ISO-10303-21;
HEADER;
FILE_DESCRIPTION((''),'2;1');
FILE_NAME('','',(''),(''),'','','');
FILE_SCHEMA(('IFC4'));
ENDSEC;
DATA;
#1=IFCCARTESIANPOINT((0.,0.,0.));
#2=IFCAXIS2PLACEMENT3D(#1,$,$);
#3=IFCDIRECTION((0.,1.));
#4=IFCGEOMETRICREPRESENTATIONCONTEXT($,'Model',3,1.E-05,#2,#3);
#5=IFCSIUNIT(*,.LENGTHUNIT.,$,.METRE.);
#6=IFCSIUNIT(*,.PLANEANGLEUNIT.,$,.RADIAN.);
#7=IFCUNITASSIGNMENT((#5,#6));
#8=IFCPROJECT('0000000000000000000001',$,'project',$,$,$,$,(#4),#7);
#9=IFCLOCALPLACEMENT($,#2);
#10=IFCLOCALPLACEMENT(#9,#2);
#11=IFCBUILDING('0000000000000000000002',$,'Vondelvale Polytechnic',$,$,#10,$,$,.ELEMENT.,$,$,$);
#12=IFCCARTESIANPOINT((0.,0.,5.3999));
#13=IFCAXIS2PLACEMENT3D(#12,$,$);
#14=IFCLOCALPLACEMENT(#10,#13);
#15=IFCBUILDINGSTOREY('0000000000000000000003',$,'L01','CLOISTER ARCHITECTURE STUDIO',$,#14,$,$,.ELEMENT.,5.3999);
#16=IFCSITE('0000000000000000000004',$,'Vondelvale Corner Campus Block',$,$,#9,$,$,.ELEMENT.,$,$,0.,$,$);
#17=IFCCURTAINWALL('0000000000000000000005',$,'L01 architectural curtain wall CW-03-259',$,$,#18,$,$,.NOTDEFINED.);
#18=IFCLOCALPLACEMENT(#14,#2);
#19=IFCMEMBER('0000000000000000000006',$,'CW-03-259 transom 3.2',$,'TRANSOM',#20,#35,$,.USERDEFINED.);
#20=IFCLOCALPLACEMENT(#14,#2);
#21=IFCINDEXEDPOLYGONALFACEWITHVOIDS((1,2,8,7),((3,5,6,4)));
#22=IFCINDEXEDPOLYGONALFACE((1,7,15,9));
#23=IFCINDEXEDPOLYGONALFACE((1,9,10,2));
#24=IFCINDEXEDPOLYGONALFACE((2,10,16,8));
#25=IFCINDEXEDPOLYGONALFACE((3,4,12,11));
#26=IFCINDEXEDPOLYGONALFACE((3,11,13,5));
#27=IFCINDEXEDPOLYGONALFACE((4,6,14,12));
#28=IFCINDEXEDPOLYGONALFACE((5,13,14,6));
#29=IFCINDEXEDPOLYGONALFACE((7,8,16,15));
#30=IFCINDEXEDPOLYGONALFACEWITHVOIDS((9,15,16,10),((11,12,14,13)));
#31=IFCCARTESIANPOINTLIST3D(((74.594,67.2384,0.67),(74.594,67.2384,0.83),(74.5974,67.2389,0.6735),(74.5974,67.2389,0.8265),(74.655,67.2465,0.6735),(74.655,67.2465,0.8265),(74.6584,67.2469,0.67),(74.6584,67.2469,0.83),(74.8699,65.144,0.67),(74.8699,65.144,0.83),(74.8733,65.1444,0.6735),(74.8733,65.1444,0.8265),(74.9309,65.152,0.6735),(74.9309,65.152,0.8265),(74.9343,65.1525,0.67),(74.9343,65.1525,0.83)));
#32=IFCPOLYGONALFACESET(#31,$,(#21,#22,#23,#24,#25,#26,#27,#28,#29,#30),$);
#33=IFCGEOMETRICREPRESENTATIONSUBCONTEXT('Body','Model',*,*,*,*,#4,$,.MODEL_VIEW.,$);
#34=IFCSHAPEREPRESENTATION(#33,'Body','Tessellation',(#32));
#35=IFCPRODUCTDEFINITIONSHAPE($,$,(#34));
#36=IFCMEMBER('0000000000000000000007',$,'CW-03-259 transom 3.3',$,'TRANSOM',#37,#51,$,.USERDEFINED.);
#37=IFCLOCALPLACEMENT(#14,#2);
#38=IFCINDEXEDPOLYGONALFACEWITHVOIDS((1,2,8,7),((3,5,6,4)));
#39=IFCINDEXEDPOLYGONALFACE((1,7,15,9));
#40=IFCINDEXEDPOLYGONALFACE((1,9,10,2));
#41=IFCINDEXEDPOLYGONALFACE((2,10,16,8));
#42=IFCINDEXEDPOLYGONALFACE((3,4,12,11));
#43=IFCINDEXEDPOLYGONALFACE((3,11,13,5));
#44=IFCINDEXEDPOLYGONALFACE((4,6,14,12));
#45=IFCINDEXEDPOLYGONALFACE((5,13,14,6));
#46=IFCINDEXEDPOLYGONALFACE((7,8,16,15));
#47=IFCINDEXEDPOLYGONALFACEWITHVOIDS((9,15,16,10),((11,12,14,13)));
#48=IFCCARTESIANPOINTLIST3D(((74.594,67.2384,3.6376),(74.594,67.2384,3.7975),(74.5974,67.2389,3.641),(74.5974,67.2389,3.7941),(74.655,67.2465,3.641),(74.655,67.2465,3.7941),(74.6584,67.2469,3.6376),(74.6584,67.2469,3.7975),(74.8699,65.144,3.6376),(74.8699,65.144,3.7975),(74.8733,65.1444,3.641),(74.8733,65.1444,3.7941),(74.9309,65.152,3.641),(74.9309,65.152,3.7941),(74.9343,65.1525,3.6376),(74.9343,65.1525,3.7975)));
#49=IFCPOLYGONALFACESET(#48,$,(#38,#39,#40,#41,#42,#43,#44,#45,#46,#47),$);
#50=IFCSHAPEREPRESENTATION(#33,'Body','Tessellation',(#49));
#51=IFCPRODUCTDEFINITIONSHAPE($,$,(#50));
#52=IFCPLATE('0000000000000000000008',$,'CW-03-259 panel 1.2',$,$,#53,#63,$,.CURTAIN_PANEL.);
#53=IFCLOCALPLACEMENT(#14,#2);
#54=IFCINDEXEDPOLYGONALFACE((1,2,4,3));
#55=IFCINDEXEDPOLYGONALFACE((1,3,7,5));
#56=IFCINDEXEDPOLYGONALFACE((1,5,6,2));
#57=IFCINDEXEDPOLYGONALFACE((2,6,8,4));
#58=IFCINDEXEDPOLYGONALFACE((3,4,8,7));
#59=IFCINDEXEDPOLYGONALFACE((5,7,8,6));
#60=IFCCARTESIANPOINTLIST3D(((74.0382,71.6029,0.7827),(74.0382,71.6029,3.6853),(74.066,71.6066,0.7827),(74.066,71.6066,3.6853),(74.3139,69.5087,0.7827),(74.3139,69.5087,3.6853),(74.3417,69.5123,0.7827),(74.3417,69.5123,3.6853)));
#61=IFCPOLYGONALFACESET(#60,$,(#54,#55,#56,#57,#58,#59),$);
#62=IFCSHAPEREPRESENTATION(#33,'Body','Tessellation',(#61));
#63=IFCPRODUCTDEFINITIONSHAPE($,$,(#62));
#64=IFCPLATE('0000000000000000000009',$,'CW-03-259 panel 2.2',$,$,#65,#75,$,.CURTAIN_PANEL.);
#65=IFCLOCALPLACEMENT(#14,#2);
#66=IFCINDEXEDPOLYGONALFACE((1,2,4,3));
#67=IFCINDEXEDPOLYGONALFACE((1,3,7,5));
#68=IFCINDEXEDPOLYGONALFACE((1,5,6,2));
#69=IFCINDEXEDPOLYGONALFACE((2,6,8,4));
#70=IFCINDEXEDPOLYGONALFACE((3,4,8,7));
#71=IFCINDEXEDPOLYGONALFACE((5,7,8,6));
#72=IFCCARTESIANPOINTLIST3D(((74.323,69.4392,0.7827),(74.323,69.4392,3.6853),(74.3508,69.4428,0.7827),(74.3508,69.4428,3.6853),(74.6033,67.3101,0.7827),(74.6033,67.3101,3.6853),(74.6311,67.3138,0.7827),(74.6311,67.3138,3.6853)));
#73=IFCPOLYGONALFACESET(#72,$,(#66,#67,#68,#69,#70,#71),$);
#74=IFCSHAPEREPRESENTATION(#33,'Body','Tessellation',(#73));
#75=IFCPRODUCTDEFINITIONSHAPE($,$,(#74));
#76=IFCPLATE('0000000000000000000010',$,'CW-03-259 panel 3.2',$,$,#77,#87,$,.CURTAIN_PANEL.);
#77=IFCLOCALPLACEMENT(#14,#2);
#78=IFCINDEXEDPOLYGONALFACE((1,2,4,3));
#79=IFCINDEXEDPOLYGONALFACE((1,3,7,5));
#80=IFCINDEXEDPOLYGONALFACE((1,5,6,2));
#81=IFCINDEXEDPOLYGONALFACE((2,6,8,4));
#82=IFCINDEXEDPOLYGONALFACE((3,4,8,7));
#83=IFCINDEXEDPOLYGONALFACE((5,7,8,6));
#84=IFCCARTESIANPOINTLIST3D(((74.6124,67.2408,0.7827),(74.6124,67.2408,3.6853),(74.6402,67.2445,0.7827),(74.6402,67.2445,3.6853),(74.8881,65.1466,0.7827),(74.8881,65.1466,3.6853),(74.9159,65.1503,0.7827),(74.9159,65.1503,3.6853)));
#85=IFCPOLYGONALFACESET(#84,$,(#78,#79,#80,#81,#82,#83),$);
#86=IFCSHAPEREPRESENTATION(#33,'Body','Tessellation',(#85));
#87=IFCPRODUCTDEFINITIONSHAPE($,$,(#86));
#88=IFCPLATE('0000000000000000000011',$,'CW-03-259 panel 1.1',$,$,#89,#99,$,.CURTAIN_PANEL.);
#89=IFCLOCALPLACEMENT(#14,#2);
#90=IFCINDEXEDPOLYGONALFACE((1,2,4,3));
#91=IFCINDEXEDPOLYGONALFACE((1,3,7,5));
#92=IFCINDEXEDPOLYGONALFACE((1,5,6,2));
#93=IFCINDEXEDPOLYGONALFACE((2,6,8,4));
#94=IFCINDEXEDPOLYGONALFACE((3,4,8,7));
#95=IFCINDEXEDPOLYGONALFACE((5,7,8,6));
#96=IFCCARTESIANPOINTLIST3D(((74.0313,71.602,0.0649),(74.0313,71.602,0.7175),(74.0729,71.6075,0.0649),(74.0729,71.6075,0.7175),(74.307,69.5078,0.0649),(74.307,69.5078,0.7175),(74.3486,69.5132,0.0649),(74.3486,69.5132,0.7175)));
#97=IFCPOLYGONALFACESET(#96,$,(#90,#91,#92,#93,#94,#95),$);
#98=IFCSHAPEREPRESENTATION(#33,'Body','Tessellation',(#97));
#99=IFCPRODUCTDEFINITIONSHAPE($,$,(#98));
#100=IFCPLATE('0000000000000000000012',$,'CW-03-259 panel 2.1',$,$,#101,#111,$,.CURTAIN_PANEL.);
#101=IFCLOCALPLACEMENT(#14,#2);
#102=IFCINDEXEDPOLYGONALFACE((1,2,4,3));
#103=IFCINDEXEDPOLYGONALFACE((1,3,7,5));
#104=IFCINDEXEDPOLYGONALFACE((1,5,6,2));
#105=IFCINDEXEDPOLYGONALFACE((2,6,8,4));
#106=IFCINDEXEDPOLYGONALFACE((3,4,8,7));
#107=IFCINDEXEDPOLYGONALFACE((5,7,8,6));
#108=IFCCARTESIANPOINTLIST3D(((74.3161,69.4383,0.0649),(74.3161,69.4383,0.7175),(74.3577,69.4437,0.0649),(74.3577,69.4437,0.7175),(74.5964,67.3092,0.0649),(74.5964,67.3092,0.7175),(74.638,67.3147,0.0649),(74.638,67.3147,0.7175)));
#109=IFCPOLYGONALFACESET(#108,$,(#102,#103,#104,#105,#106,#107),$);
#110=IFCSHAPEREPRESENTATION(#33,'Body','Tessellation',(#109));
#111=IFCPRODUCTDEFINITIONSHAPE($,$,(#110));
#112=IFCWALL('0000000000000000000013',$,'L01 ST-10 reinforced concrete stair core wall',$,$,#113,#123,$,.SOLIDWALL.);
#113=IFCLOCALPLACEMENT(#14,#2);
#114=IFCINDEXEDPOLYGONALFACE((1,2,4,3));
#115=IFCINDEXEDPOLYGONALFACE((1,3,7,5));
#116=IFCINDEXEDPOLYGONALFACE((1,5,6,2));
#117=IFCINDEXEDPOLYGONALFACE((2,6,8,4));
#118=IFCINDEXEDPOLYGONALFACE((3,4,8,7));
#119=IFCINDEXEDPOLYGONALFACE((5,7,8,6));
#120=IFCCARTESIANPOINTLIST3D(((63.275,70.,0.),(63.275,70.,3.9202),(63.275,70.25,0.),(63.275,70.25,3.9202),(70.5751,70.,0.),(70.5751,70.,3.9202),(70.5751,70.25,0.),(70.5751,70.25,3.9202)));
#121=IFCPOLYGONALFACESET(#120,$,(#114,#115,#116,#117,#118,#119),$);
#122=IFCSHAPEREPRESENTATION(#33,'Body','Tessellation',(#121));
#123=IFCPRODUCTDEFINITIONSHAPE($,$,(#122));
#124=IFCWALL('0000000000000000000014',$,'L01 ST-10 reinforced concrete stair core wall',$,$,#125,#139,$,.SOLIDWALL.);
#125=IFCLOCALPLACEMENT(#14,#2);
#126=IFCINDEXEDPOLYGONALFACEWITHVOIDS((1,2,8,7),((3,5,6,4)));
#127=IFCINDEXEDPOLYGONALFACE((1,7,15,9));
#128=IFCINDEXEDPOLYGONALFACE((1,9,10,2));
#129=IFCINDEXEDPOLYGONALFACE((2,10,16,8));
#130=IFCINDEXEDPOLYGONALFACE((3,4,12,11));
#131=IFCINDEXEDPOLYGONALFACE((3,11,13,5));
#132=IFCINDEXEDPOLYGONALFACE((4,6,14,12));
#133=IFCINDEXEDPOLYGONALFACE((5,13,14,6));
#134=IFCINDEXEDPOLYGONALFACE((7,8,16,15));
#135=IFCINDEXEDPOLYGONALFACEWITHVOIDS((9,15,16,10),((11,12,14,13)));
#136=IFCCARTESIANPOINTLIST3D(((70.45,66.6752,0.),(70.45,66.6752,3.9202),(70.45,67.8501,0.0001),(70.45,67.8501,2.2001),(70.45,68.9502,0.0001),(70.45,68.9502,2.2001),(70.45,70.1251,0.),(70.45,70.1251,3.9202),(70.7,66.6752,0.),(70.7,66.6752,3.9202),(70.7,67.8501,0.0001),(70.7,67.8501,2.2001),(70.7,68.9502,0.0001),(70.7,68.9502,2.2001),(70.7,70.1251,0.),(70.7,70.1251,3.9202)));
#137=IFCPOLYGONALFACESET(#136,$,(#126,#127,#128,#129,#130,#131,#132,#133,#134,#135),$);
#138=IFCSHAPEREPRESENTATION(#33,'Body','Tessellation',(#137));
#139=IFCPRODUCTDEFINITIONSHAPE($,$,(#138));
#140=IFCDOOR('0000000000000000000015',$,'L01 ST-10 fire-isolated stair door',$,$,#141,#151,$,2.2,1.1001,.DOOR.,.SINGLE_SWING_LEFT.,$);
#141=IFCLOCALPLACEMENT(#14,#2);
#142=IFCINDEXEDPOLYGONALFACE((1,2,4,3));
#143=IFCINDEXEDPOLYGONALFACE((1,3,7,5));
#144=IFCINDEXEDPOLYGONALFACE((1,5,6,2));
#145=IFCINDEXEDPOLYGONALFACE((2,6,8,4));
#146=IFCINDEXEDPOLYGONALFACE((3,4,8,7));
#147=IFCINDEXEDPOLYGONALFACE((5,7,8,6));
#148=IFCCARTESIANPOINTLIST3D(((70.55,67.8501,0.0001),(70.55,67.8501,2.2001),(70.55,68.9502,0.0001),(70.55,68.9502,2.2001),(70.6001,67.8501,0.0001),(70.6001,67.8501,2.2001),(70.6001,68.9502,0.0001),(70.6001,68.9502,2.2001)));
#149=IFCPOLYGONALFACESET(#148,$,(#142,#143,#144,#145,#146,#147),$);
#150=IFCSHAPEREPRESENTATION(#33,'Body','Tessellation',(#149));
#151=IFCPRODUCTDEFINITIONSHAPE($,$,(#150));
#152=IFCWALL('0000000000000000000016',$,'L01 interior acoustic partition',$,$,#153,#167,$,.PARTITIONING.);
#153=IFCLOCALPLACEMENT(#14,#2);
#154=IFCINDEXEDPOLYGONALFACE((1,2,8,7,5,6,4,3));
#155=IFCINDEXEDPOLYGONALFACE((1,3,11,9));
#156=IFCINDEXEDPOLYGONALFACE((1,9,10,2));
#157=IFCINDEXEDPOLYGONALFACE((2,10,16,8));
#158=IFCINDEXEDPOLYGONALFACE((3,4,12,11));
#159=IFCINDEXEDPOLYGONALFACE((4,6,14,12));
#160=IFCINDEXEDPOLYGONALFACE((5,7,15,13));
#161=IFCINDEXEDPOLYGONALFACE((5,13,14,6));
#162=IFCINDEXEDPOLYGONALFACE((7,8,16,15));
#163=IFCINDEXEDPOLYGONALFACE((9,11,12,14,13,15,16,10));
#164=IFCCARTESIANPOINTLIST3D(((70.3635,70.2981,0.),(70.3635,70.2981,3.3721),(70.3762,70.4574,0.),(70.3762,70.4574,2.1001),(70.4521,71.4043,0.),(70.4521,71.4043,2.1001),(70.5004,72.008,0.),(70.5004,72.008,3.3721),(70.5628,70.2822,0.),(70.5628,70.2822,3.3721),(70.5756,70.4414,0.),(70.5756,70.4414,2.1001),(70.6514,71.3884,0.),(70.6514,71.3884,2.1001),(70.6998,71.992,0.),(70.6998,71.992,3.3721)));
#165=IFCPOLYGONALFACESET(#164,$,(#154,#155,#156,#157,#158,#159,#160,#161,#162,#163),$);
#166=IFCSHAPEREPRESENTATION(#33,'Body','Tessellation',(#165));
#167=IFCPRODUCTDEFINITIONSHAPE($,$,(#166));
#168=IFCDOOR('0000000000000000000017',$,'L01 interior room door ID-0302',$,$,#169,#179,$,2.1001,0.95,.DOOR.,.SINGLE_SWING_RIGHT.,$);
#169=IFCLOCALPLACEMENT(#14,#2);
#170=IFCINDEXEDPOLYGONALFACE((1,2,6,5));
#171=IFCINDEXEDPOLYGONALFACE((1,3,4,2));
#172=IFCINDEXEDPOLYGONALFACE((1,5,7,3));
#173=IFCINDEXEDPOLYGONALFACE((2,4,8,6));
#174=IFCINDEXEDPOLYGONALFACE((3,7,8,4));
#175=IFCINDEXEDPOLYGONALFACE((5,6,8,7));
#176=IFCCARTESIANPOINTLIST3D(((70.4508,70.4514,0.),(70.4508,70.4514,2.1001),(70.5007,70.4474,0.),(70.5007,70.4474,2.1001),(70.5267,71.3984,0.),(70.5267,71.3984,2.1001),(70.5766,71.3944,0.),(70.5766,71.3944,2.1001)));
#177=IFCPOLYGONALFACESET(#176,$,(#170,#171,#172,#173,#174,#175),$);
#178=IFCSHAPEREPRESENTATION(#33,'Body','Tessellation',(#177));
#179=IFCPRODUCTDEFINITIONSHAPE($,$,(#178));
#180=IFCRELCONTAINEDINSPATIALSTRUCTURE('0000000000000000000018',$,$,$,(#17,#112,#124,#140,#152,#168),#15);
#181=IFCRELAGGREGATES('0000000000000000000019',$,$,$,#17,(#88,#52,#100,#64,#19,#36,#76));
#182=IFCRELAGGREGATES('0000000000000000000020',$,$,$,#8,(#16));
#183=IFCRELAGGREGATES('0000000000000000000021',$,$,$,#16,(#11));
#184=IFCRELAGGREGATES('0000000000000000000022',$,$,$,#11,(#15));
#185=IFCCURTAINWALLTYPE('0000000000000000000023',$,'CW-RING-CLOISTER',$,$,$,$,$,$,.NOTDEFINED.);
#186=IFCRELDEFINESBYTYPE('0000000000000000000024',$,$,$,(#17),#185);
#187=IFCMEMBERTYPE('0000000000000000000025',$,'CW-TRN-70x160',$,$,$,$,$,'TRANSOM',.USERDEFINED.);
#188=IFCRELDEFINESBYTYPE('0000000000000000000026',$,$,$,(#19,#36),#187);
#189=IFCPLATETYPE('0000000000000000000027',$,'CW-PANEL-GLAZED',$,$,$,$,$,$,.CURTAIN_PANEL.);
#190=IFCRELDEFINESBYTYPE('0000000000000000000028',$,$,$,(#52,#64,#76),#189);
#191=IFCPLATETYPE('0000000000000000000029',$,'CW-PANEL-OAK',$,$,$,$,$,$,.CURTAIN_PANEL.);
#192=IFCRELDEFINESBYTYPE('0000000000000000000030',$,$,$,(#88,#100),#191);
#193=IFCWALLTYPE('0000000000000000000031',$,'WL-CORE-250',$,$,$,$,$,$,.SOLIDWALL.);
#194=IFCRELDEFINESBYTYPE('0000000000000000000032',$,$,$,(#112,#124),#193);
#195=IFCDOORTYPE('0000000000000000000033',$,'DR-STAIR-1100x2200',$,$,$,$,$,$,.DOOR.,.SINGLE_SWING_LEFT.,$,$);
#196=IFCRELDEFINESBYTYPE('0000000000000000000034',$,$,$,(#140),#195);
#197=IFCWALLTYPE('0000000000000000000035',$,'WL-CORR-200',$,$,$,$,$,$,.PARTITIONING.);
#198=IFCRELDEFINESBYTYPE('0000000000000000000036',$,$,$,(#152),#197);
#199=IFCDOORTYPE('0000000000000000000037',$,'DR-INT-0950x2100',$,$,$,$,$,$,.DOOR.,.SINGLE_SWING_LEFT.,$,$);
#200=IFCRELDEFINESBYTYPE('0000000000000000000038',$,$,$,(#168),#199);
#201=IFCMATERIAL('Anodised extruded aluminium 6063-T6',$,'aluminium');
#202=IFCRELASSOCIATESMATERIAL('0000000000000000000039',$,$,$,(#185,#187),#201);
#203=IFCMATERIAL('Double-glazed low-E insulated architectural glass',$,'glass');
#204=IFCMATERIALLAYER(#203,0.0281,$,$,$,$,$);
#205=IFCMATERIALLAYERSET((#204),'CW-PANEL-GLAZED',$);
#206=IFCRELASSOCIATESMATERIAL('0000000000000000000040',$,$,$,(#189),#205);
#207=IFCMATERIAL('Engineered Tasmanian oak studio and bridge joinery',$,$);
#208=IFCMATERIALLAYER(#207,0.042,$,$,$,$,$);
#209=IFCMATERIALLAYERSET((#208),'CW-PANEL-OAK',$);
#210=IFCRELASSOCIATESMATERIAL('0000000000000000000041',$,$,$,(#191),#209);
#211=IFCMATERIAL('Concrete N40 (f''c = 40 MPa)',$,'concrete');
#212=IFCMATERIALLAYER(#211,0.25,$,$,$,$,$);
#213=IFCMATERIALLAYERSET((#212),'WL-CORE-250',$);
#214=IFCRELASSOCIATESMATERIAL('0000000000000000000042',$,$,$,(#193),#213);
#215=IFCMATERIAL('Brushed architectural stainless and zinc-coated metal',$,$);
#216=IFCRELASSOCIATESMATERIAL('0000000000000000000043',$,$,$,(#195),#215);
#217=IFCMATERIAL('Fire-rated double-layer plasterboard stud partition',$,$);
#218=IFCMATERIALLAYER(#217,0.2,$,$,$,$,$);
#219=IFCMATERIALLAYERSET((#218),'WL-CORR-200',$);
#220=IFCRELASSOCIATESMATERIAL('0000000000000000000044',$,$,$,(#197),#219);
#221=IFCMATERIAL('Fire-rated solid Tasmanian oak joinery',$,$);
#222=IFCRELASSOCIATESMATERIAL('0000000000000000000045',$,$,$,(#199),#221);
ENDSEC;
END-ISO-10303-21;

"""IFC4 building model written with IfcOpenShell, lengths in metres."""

from ifc_helpers import new_model, si_unit, direction, frame, frame_2d, origin, origin_2d, place, context, subcontext, project, spatial, rectangle, hollow_rectangle, extrude, material, layer, layer_set, material_profile, profile_set, type_object, element, fill, aggregate, save


model = new_model("IFC4")

# Units and contexts
model_context = context("Model", 3, precision=1e-05, world=origin(), true_north=direction((0.0, 1.0)))
body_context = subcontext(model_context, "Body", "Model", "MODEL_VIEW")
ifc_project = project(units=[si_unit("LENGTHUNIT", "METRE"), si_unit("PLANEANGLEUNIT", "RADIAN")], contexts=[model_context])

# Site, building, storey
site_placement = place(None, origin())
site = spatial("IfcSite", under=ifc_project, at=site_placement, Name="Vondelvale Corner Campus Block", CompositionType="ELEMENT", RefElevation=0.0)
building_placement = place(site_placement, origin())
building = spatial("IfcBuilding", under=site, at=building_placement, Name="Vondelvale Polytechnic", CompositionType="ELEMENT")
storey_placement = place(building_placement, frame((0.0, 0.0, 5.3999)))
storey = spatial("IfcBuildingStorey", under=building, at=storey_placement, Name="L01", Description="CLOISTER ARCHITECTURE STUDIO", CompositionType="ELEMENT", Elevation=5.3999)

# Shared definitions
ifc_material_1 = material(Name="Concrete N40 (f'c = 40 MPa)", Category="concrete")

# Curtain wall, members, plates
ifc_material_2 = material(Name="Anodised extruded aluminium 6063-T6", Category="aluminium")
curtain_wall_type = type_object("IfcCurtainWallType", Name="CW-RING-CLOISTER", PredefinedType="NOTDEFINED", material=ifc_material_2)
curtain_wall_placement = place(storey_placement, origin())
curtain_wall = element("IfcCurtainWall", 1, at=curtain_wall_placement, inside=storey, type_object=curtain_wall_type, Name="L01 architectural curtain wall CW-03-259", PredefinedType="NOTDEFINED")
ifc_material_profile_1 = material_profile(ifc_material_2, hollow_rectangle(XDim=0.0649, YDim=0.1599, WallThickness=0.0034, at=origin_2d()), Name="CW-TRN-160x65")
ifc_profile_set_1 = profile_set([ifc_material_profile_1], Name="Anodised extruded aluminium 6063-T6")
member_type_1 = type_object("IfcMemberType", Name="CW-TRN-70x160", ElementType="TRANSOM", PredefinedType="USERDEFINED", material=ifc_profile_set_1)
member_1_placement = place(storey_placement, frame((74.6262, 67.2427, 0.75), z_axis=(0.130589, -0.991437, 0.0), x_axis=(0.991437, 0.130589, 0.0)))
member_1 = element("IfcMember", 2, at=member_1_placement, type_object=member_type_1, Name="CW-03-259 transom 3.2", ObjectType="TRANSOM", PredefinedType="USERDEFINED", context=body_context, shape_type="SweptSolid", body=[
    extrude(hollow_rectangle(XDim=0.0649, YDim=0.1599, WallThickness=0.0034, at=origin_2d()), origin(), (0.0, 0.0, 1.0), 2.1125),
])
member_2_placement = place(storey_placement, frame((74.6262, 67.2427, 3.7175), z_axis=(0.130589, -0.991437, 0.0), x_axis=(0.991437, 0.130589, 0.0)))
member_2 = element("IfcMember", 3, at=member_2_placement, type_object=member_type_1, Name="CW-03-259 transom 3.3", ObjectType="TRANSOM", PredefinedType="USERDEFINED", context=body_context, shape_type="SweptSolid", body=[
    extrude(hollow_rectangle(XDim=0.0649, YDim=0.1599, WallThickness=0.0034, at=origin_2d()), origin(), (0.0, 0.0, 1.0), 2.1125),
])
ifc_material_3 = material(Name="Double-glazed low-E insulated architectural glass", Category="glass")
ifc_layer_1 = layer(ifc_material_3, 0.0281)
ifc_layer_set_1 = layer_set([ifc_layer_1], Name="CW-PANEL-GLAZED")
plate_type_1 = type_object("IfcPlateType", Name="CW-PANEL-GLAZED", PredefinedType="CURTAIN_PANEL", material=ifc_layer_set_1)
plate_1_placement = place(storey_placement, frame((74.1899, 70.5576, 0.7827), z_axis=(0.0, 0.0, 1.0), x_axis=(0.130528, -0.991445, 0.0)))
plate_1 = element("IfcPlate", 4, at=plate_1_placement, type_object=plate_type_1, Name="CW-03-259 panel 1.2", PredefinedType="CURTAIN_PANEL", context=body_context, shape_type="SweptSolid", body=[
    extrude(rectangle(XDim=2.1123, YDim=0.0281, at=origin_2d()), origin(), (0.0, 0.0, 1.0), 2.9026),
])
plate_2_placement = place(storey_placement, frame((74.4771, 68.3765, 0.7827), z_axis=(0.0, 0.0, 1.0), x_axis=(0.130528, -0.991445, 0.0)))
plate_2 = element("IfcPlate", 5, at=plate_2_placement, type_object=plate_type_1, Name="CW-03-259 panel 2.2", PredefinedType="CURTAIN_PANEL", context=body_context, shape_type="SweptSolid", body=[
    extrude(rectangle(XDim=2.1475, YDim=0.0281, at=origin_2d()), origin(), (0.0, 0.0, 1.0), 2.9026),
])
plate_3_placement = place(storey_placement, frame((74.7642, 66.1956, 0.7827), z_axis=(0.0, 0.0, 1.0), x_axis=(0.130528, -0.991445, 0.0)))
plate_3 = element("IfcPlate", 6, at=plate_3_placement, type_object=plate_type_1, Name="CW-03-259 panel 3.2", PredefinedType="CURTAIN_PANEL", context=body_context, shape_type="SweptSolid", body=[
    extrude(rectangle(XDim=2.1123, YDim=0.0281, at=origin_2d()), origin(), (0.0, 0.0, 1.0), 2.9026),
])
ifc_material_4 = material(Name="Engineered Tasmanian oak studio and bridge joinery")
ifc_layer_2 = layer(ifc_material_4, 0.042)
ifc_layer_set_2 = layer_set([ifc_layer_2], Name="CW-PANEL-OAK")
plate_type_2 = type_object("IfcPlateType", Name="CW-PANEL-OAK", PredefinedType="CURTAIN_PANEL", material=ifc_layer_set_2)
plate_4_placement = place(storey_placement, frame((74.1899, 70.5576, 0.0649), z_axis=(0.0, 0.0, 1.0), x_axis=(0.130528, -0.991445, 0.0)))
plate_4 = element("IfcPlate", 7, at=plate_4_placement, type_object=plate_type_2, Name="CW-03-259 panel 1.1", PredefinedType="CURTAIN_PANEL", context=body_context, shape_type="SweptSolid", body=[
    extrude(rectangle(XDim=2.1123, YDim=0.042, at=origin_2d()), origin(), (0.0, 0.0, 1.0), 0.6526),
])
plate_5_placement = place(storey_placement, frame((74.4771, 68.3765, 0.0649), z_axis=(0.0, 0.0, 1.0), x_axis=(0.130528, -0.991445, 0.0)))
plate_5 = element("IfcPlate", 8, at=plate_5_placement, type_object=plate_type_2, Name="CW-03-259 panel 2.1", PredefinedType="CURTAIN_PANEL", context=body_context, shape_type="SweptSolid", body=[
    extrude(rectangle(XDim=2.1475, YDim=0.042, at=origin_2d()), origin(), (0.0, 0.0, 1.0), 0.6526),
])
aggregate(curtain_wall, [plate_4, plate_1, plate_5, plate_2, member_1, member_2, plate_3])

# Wall
ifc_layer_3 = layer(ifc_material_1, 0.25)
ifc_layer_set_3 = layer_set([ifc_layer_3], Name="WL-CORE-250")
wall_type_1 = type_object("IfcWallType", Name="WL-CORE-250", PredefinedType="SOLIDWALL", material=ifc_layer_set_3)
wall_1_placement = place(storey_placement, frame((70.575, 70.125, 0.0), z_axis=(0.0, 0.0, 1.0), x_axis=(-1.0, 0.0, 0.0)))
element("IfcWall", 9, at=wall_1_placement, inside=storey, type_object=wall_type_1, Name="L01 ST-10 reinforced concrete stair core wall", PredefinedType="SOLIDWALL", context=body_context, shape_type="SweptSolid", body=[
    extrude(rectangle(XDim=7.3, YDim=0.25, at=frame_2d((3.6499, 0.0))), origin(), (0.0, 0.0, 1.0), 3.9202),
])

# Walls, openings, doors
wall_2_placement = place(storey_placement, frame((70.575, 66.675, 0.0), z_axis=(0.0, 0.0, 1.0), x_axis=(0.0, 1.0, 0.0)))
wall_2 = element("IfcWall", 10, at=wall_2_placement, inside=storey, type_object=wall_type_1, Name="L01 ST-10 reinforced concrete stair core wall", PredefinedType="SOLIDWALL", context=body_context, shape_type="SweptSolid", body=[
    extrude(rectangle(XDim=3.45, YDim=0.25, at=frame_2d((1.7251, 0.0))), origin(), (0.0, 0.0, 1.0), 3.9202),
])
opening_1_placement = place(wall_2_placement, frame((1.175, 0.0, 0.0)))
opening_1 = element("IfcOpeningElement", 11, at=opening_1_placement, cuts=wall_2, PredefinedType="OPENING", context=body_context, shape_type="SweptSolid", body=[
    extrude(rectangle(XDim=1.1001, YDim=2.2, at=frame_2d((0.55, 1.1001))), frame((0.0, 0.135, 0.0), z_axis=(0.0, -1.0, 0.0), x_axis=(1.0, 0.0, 0.0)), (0.0, 0.0, 1.0), 0.27),
])
ifc_material_5 = material(Name="Brushed architectural stainless and zinc-coated metal")
door_type_1 = type_object("IfcDoorType", Name="DR-STAIR-1100x2200", OperationType="SINGLE_SWING_LEFT", PredefinedType="DOOR", material=ifc_material_5)
door_1_placement = place(opening_1_placement, origin())
door_1 = element("IfcDoor", 12, at=door_1_placement, inside=storey, type_object=door_type_1, Name="L01 ST-10 fire-isolated stair door", OperationType="SINGLE_SWING_LEFT", OverallHeight=2.2, OverallWidth=1.1001, PredefinedType="DOOR", context=body_context, shape_type="SweptSolid", body=[
    extrude(rectangle(XDim=1.1001, YDim=2.2, at=frame_2d((0.55, 1.1001))), frame((0.0, 0.0249, 0.0), z_axis=(0.0, -1.0, 0.0), x_axis=(1.0, 0.0, 0.0)), (0.0, 0.0, 1.0), 0.05),
])
fill(opening_1, door_1)
ifc_material_6 = material(Name="Fire-rated double-layer plasterboard stud partition")
ifc_layer_4 = layer(ifc_material_6, 0.2)
ifc_layer_set_4 = layer_set([ifc_layer_4], Name="WL-CORR-200")
wall_type_2 = type_object("IfcWallType", Name="WL-CORR-200", PredefinedType="PARTITIONING", material=ifc_layer_set_4)
wall_3_placement = place(storey_placement, frame((70.6001, 72.0, 0.0), z_axis=(0.0, 0.0, 1.0), x_axis=(-0.079841, -0.996808, 0.0)))
wall_3 = element("IfcWall", 13, at=wall_3_placement, inside=storey, type_object=wall_type_2, Name="L01 interior acoustic partition", PredefinedType="PARTITIONING", context=body_context, shape_type="SweptSolid", body=[
    extrude(rectangle(XDim=1.7153, YDim=0.2, at=frame_2d((0.8577, 0.0))), origin(), (0.0, 0.0, 1.0), 3.3721),
])
opening_2_placement = place(wall_3_placement, frame((0.6055, 0.0, 0.0)))
opening_2 = element("IfcOpeningElement", 14, at=opening_2_placement, cuts=wall_3, PredefinedType="OPENING", context=body_context, shape_type="SweptSolid", body=[
    extrude(rectangle(XDim=0.95, YDim=2.1001, at=frame_2d((0.4751, 1.05))), frame((0.0, 0.1099, 0.0), z_axis=(0.0, -1.0, 0.0), x_axis=(1.0, 0.0, 0.0)), (0.0, 0.0, 1.0), 0.22),
])
ifc_material_7 = material(Name="Fire-rated solid Tasmanian oak joinery")
door_type_2 = type_object("IfcDoorType", Name="DR-INT-0950x2100", OperationType="SINGLE_SWING_LEFT", PredefinedType="DOOR", material=ifc_material_7)
door_2_placement = place(opening_2_placement, origin())
door_2 = element("IfcDoor", 15, at=door_2_placement, inside=storey, type_object=door_type_2, Name="L01 interior room door ID-0302", OperationType="SINGLE_SWING_RIGHT", OverallHeight=2.1001, OverallWidth=0.95, PredefinedType="DOOR", context=body_context, shape_type="SweptSolid", body=[
    extrude(rectangle(XDim=0.95, YDim=2.1001, at=frame_2d((0.4751, 1.05))), frame((0.0, 0.0249, 0.0), z_axis=(0.0, -1.0, 0.0), x_axis=(1.0, 0.0, 0.0)), (0.0, 0.0, 1.0), 0.05),
])
fill(opening_2, door_2)

save(model, "model.ifc")
